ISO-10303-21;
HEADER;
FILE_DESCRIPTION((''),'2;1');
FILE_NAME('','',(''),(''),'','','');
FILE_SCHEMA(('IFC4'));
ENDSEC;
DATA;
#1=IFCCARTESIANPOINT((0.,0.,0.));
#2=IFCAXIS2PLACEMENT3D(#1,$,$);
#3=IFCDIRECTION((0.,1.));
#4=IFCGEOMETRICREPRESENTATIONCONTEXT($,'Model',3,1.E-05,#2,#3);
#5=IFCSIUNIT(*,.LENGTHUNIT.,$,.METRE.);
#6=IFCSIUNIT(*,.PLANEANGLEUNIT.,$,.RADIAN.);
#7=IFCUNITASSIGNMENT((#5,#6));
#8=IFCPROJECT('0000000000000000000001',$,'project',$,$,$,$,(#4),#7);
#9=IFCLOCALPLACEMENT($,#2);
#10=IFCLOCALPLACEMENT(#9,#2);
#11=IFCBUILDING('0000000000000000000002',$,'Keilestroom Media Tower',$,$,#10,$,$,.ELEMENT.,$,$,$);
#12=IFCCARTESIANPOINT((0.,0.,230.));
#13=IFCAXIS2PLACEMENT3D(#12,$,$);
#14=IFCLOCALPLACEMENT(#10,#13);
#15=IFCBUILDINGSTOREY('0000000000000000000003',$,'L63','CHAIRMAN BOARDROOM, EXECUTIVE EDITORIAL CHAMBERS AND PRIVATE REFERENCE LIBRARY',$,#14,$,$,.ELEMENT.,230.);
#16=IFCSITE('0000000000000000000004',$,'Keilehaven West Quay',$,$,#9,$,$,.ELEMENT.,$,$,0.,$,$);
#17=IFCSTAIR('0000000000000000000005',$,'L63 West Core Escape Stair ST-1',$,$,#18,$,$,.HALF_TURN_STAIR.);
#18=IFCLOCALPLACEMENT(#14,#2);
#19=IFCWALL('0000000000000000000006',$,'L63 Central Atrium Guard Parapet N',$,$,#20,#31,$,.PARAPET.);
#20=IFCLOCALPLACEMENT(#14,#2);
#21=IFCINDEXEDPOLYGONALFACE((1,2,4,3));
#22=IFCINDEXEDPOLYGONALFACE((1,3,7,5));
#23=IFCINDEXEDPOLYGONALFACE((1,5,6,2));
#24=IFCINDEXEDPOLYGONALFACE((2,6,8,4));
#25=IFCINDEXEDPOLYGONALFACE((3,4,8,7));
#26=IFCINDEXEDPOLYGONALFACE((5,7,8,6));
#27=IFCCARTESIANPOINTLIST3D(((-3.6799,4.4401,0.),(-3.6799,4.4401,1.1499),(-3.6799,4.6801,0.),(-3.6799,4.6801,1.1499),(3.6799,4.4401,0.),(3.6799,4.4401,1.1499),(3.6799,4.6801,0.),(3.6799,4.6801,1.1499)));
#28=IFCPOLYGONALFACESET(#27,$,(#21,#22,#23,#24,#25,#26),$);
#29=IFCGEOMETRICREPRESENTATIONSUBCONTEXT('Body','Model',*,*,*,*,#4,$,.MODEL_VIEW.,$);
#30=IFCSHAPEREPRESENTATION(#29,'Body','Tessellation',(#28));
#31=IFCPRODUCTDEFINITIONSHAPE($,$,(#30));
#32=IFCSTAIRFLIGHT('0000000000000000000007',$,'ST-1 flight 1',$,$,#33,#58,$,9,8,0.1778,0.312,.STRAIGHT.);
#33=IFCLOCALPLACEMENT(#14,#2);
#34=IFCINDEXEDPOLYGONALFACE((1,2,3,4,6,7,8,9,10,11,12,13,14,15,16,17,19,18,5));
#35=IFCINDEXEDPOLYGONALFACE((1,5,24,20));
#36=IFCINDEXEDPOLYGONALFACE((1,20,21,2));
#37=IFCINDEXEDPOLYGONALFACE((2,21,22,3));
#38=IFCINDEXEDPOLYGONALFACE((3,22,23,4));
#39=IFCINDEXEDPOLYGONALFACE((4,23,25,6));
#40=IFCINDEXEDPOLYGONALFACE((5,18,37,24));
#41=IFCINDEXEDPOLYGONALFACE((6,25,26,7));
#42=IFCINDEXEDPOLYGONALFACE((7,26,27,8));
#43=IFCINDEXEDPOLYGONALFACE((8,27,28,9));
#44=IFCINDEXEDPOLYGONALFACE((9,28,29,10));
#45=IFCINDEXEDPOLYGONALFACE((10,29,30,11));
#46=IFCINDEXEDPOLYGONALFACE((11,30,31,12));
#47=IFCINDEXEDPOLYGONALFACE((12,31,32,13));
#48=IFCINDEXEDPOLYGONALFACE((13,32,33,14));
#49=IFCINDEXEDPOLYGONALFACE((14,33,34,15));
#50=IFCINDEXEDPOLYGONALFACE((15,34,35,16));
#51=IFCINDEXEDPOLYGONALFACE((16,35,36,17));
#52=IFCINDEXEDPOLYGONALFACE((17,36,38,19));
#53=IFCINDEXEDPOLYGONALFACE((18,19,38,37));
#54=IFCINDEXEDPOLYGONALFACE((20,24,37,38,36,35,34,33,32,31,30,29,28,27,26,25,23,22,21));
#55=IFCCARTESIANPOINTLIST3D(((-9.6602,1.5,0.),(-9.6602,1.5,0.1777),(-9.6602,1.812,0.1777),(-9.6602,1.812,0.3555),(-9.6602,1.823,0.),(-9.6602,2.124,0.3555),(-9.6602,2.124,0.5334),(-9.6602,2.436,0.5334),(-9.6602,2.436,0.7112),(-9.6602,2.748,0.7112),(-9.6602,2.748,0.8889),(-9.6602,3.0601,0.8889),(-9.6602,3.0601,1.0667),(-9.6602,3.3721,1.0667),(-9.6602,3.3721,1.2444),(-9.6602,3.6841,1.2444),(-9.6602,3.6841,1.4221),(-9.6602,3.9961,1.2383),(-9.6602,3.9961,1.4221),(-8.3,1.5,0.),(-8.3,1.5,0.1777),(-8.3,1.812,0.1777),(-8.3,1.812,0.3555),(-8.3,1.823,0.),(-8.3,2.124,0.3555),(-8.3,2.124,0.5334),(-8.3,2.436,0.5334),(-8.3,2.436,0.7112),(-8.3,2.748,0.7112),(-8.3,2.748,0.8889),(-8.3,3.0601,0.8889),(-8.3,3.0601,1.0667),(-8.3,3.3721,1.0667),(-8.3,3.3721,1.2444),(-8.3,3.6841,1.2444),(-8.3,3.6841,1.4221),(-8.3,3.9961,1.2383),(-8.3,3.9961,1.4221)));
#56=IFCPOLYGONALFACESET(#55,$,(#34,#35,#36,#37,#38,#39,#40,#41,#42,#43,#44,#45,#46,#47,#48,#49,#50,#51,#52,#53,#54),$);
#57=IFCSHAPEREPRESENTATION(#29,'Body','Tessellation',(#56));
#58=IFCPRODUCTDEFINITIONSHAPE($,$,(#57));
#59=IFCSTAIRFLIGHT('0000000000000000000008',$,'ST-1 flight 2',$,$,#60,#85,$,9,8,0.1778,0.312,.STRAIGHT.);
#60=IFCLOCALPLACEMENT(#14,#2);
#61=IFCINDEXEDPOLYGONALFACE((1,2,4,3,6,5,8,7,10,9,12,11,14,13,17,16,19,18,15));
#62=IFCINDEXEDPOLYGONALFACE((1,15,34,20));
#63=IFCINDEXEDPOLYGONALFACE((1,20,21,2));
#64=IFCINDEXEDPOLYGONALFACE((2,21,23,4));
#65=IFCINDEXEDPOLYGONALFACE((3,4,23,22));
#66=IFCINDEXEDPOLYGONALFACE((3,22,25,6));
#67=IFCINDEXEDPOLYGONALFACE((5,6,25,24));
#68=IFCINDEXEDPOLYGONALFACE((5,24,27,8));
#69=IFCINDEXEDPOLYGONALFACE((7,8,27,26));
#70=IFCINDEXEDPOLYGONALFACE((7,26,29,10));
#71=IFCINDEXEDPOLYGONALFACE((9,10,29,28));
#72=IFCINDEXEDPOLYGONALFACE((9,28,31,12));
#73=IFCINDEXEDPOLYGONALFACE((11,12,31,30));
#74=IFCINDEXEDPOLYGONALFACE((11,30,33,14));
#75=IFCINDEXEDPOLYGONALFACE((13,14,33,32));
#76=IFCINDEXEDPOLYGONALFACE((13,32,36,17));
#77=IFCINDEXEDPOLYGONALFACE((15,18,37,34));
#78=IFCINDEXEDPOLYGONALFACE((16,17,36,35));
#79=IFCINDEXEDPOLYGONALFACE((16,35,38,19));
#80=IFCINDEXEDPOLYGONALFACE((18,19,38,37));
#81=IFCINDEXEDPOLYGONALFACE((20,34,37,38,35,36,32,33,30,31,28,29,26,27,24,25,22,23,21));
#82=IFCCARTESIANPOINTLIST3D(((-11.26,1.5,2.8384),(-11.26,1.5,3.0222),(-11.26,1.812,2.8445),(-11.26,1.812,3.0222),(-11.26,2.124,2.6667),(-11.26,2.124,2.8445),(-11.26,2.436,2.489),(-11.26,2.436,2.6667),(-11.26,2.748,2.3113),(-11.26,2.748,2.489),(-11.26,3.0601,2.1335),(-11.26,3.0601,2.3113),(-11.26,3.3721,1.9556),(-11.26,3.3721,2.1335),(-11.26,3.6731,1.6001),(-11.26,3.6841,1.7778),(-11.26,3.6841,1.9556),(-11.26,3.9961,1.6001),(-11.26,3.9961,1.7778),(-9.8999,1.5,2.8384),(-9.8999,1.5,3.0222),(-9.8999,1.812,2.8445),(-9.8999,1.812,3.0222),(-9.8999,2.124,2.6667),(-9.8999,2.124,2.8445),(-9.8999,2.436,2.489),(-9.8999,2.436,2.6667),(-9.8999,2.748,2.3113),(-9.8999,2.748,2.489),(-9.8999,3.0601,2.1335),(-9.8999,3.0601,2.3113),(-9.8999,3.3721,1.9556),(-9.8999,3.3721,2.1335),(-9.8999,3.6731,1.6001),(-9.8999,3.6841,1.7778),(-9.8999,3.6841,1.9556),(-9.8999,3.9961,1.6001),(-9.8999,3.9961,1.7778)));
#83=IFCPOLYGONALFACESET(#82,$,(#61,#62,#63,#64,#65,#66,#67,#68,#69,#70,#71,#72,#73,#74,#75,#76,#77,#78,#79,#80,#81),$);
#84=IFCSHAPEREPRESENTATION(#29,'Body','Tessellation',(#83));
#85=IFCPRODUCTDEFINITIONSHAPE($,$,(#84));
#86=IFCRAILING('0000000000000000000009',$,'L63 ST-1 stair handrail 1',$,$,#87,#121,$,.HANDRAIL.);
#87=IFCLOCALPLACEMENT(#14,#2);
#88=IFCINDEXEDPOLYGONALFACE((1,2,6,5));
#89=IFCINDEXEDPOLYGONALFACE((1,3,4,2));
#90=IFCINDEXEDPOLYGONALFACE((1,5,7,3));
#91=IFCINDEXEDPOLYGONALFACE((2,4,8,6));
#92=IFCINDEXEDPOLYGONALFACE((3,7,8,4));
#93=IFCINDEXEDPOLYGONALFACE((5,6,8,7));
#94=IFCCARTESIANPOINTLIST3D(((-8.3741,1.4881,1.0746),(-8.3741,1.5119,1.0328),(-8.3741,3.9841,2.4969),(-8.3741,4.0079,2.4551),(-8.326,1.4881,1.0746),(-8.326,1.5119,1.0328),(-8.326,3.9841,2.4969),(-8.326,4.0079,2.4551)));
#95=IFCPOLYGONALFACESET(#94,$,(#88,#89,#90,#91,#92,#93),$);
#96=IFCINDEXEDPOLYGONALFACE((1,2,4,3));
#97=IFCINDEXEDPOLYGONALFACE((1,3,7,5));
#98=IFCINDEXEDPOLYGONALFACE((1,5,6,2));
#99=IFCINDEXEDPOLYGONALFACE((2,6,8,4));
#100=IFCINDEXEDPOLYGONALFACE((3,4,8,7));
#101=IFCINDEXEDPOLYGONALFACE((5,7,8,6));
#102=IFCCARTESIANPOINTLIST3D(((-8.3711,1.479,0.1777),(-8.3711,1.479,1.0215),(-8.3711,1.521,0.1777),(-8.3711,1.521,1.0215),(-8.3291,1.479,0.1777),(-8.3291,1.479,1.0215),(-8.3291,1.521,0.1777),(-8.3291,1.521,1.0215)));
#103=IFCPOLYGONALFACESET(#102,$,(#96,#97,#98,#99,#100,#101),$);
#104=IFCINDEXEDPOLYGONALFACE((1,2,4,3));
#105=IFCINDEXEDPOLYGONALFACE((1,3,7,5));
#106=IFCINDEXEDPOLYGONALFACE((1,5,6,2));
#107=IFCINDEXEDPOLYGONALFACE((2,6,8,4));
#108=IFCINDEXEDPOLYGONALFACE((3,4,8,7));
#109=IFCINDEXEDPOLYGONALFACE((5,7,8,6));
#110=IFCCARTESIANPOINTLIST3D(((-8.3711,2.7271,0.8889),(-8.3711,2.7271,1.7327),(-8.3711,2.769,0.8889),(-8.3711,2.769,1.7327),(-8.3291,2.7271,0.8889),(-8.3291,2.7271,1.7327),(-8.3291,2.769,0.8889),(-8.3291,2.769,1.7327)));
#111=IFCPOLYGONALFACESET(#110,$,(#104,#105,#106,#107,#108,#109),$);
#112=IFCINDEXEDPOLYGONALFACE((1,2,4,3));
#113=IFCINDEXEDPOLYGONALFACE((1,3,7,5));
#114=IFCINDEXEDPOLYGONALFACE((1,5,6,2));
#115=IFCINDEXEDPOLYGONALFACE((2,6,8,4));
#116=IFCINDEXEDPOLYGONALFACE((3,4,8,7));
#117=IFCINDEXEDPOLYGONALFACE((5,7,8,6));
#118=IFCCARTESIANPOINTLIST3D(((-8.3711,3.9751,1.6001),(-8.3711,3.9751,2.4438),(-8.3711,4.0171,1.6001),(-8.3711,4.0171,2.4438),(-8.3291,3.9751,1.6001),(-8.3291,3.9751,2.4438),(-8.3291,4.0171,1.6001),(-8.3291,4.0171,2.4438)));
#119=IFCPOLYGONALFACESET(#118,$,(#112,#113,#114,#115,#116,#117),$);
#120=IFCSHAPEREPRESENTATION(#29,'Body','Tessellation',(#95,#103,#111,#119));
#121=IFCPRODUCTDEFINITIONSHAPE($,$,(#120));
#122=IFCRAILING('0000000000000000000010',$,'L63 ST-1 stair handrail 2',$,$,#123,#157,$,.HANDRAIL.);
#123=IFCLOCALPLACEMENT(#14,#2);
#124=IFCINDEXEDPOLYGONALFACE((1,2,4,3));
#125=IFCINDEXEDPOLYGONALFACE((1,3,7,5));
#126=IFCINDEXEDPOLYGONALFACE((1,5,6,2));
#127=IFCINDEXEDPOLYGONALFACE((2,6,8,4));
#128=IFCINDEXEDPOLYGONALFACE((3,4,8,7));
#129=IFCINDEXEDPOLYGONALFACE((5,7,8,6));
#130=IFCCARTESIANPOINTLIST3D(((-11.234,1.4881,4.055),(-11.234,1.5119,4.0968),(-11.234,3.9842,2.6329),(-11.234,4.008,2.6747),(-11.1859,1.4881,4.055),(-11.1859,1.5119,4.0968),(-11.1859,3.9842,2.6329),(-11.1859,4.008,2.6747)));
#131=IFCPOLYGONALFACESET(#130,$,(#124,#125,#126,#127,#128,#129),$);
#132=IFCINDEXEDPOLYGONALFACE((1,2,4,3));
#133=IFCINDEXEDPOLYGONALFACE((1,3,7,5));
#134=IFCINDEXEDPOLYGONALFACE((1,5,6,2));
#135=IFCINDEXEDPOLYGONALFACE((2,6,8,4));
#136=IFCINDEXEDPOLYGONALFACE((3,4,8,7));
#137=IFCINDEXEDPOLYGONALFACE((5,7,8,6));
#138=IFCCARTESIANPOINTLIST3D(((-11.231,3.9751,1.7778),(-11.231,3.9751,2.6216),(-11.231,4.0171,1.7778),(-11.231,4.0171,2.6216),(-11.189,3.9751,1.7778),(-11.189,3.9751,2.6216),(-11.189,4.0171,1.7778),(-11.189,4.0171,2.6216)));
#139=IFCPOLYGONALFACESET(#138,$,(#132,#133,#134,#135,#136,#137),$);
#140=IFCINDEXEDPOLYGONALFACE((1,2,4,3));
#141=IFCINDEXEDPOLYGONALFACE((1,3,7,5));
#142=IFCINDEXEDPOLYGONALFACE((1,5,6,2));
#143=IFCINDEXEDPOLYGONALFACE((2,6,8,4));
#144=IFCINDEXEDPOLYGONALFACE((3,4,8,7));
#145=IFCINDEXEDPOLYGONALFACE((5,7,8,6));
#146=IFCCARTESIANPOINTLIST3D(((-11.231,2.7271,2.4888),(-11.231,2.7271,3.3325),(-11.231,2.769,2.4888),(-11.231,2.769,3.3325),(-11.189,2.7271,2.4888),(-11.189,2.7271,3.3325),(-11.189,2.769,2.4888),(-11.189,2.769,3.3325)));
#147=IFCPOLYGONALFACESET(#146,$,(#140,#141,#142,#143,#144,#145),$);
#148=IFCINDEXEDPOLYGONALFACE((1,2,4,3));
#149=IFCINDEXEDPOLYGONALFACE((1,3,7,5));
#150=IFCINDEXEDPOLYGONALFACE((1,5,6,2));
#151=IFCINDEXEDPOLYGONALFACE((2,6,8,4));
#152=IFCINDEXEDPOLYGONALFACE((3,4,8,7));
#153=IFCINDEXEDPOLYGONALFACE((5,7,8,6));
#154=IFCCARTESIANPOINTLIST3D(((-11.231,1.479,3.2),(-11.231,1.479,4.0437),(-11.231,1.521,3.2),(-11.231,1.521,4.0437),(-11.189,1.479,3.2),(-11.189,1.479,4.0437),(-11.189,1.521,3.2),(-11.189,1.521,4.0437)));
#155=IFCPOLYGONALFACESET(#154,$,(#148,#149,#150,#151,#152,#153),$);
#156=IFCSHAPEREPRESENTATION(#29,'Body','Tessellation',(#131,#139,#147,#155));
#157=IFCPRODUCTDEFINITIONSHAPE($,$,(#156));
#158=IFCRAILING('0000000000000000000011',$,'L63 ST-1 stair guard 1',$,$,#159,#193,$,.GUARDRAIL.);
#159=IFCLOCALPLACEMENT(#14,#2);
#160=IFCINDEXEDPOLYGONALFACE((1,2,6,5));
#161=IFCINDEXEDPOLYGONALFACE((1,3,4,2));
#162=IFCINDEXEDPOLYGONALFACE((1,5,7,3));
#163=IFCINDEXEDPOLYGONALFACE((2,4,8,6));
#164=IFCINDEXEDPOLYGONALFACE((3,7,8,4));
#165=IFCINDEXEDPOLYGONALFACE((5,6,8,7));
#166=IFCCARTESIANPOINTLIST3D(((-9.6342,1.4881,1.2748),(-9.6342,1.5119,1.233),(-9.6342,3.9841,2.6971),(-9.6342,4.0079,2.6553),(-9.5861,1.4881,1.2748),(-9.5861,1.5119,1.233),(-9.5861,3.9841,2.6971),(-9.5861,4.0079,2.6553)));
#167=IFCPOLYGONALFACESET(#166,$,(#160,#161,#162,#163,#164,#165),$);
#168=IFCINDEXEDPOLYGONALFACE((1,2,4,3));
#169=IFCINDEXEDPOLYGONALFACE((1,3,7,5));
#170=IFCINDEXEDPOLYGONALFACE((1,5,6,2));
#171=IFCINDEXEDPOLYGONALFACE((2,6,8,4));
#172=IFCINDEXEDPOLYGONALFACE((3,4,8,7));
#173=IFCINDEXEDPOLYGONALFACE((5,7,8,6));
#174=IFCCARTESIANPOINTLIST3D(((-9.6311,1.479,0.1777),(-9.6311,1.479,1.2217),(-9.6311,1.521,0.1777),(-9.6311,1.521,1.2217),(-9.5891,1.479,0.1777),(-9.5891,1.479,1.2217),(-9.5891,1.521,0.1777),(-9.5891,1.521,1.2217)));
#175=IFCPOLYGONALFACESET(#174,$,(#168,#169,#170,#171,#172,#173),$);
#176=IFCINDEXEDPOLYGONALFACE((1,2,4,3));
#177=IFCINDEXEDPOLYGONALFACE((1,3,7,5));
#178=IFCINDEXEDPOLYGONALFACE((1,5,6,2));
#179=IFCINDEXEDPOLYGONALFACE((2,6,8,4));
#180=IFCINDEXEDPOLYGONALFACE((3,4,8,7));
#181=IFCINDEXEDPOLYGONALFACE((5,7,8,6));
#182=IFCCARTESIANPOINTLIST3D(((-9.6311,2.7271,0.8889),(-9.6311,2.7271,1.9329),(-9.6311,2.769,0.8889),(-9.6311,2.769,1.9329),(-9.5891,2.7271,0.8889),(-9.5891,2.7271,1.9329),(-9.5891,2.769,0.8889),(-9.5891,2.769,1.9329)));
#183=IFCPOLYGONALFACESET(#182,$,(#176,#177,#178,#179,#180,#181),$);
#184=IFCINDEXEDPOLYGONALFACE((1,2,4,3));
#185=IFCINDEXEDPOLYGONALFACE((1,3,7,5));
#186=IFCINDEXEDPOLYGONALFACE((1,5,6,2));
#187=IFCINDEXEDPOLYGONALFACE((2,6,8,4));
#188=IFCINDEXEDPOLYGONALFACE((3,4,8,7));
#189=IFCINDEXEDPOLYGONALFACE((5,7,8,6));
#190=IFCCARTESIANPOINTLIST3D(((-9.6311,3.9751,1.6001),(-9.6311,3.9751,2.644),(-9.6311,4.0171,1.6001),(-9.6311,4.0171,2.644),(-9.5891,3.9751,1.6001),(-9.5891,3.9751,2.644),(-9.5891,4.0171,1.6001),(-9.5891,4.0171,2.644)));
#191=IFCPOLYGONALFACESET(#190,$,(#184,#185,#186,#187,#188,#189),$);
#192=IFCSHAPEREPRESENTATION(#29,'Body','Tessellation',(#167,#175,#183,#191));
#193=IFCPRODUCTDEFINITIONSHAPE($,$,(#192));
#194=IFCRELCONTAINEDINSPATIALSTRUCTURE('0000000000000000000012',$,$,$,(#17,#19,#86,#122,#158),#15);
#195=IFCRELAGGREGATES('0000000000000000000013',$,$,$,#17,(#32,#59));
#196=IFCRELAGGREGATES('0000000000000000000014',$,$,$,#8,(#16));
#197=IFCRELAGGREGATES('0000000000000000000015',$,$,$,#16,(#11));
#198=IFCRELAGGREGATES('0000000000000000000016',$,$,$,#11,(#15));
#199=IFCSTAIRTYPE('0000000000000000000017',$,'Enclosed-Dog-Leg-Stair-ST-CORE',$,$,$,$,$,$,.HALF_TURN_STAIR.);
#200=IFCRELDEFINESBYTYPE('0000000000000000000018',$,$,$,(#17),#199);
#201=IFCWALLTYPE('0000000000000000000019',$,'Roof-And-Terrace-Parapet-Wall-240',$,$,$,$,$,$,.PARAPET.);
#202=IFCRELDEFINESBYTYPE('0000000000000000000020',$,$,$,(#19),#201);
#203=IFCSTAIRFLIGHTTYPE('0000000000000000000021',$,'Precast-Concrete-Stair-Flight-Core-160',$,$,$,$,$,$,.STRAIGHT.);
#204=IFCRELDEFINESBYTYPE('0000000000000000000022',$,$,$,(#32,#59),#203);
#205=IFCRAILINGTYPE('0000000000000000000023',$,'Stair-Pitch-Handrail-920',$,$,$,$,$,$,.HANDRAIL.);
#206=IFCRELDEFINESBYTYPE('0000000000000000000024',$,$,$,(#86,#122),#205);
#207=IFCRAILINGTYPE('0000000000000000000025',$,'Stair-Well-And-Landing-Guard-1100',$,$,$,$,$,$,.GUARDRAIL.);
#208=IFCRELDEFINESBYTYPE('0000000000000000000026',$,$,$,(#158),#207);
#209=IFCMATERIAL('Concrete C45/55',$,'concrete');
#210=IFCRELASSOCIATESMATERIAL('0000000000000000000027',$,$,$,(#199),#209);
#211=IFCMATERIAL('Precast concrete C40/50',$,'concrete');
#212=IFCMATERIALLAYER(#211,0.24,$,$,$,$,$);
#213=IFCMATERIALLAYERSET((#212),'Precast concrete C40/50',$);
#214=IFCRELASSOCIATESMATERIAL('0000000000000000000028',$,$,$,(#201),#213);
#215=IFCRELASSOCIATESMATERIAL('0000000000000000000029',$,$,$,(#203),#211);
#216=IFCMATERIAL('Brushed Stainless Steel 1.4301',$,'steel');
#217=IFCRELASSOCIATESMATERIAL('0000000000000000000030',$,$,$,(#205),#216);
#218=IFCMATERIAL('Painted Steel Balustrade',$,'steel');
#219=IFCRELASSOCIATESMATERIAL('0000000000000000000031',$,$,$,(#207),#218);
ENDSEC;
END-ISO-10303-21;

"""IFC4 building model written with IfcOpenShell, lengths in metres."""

from ifc_helpers import new_model, si_unit, direction, frame, frame_2d, origin, origin_2d, place, context, subcontext, project, spatial, polyline, rectangle, outline, extrude, material, layer, layer_set, type_object, element, aggregate, save


model = new_model("IFC4")

# Units and contexts
model_context = context("Model", 3, precision=1e-05, world=origin(), true_north=direction((0.0, 1.0)))
body_context = subcontext(model_context, "Body", "Model", "MODEL_VIEW")
ifc_project = project(units=[si_unit("LENGTHUNIT", "METRE"), si_unit("PLANEANGLEUNIT", "RADIAN")], contexts=[model_context])

# Site, building, storey
site_placement = place(None, origin())
site = spatial("IfcSite", under=ifc_project, at=site_placement, Name="Keilehaven West Quay", CompositionType="ELEMENT", RefElevation=0.0)
building_placement = place(site_placement, origin())
building = spatial("IfcBuilding", under=site, at=building_placement, Name="Keilestroom Media Tower", CompositionType="ELEMENT")
storey_placement = place(building_placement, frame((0.0, 0.0, 230.0)))
storey = spatial("IfcBuildingStorey", under=building, at=storey_placement, Name="L63", Description="CHAIRMAN BOARDROOM, EXECUTIVE EDITORIAL CHAMBERS AND PRIVATE REFERENCE LIBRARY", CompositionType="ELEMENT", Elevation=230.0)

# Stair
ifc_material_1 = material(Name="Concrete C45/55", Category="concrete")
stair_type = type_object("IfcStairType", Name="Enclosed-Dog-Leg-Stair-ST-CORE", PredefinedType="HALF_TURN_STAIR", material=ifc_material_1)
stair_1_placement = place(storey_placement, origin())
stair_1 = element("IfcStair", 1, at=stair_1_placement, inside=storey, type_object=stair_type, Name="L63 West Core Escape Stair ST-1", PredefinedType="HALF_TURN_STAIR")

# Wall
ifc_material_2 = material(Name="Precast concrete C40/50", Category="concrete")
ifc_layer_1 = layer(ifc_material_2, 0.24)
ifc_layer_set_1 = layer_set([ifc_layer_1], Name="Precast concrete C40/50")
wall_type_1 = type_object("IfcWallType", Name="Roof-And-Terrace-Parapet-Wall-240", PredefinedType="PARAPET", material=ifc_layer_set_1)
wall_1_placement = place(storey_placement, frame((-3.6799, 4.5601, 0.0), z_axis=(0.0, 0.0, 1.0), x_axis=(1.0, 0.0, 0.0)))
element("IfcWall", 2, at=wall_1_placement, inside=storey, type_object=wall_type_1, Name="L63 Central Atrium Guard Parapet N", PredefinedType="PARAPET", context=body_context, shape_type="SweptSolid", body=[
    extrude(rectangle(XDim=7.3599, YDim=0.24, at=frame_2d((3.6799, 0.0))), origin(), (0.0, 0.0, 1.0), 1.1499),
])

# Stair flights
stair_flight_type = type_object("IfcStairFlightType", Name="Precast-Concrete-Stair-Flight-Core-160", PredefinedType="STRAIGHT", material=ifc_material_2)
stair_flight_1_placement = place(storey_placement, frame((-8.98, 1.5, 0.0), z_axis=(0.0, 0.0, 1.0), x_axis=(0.0, 1.0, 0.0)))
stair_flight_1 = element("IfcStairFlight", 3, at=stair_flight_1_placement, type_object=stair_flight_type, Name="ST-1 flight 1", NumberOfRisers=9, NumberOfTreads=8, PredefinedType="STRAIGHT", RiserHeight=0.1778, TreadLength=0.312, context=body_context, shape_type="SweptSolid", body=[
    extrude(outline(polyline([(0.0, 0.0), (0.0, 0.1777), (0.312, 0.1777), (0.312, 0.3555), (0.624, 0.3555), (0.624, 0.5334), (0.936, 0.5334), (0.936, 0.7112), (1.248, 0.7112), (1.248, 0.8889), (1.5601, 0.8889), (1.5601, 1.0667), (1.8721, 1.0667), (1.8721, 1.2444), (2.1841, 1.2444), (2.1841, 1.4221), (2.4961, 1.4221), (2.4961, 1.6001), (2.4961, 1.2383), (0.323, 0.0), (0.0, 0.0)])), frame((0.0, 0.6802, 0.0), z_axis=(0.0, -1.0, 0.0), x_axis=(1.0, 0.0, 0.0)), (0.0, 0.0, 1.0), 1.3601),
])
stair_flight_2_placement = place(storey_placement, frame((-10.5801, 3.9961, 1.6001), z_axis=(0.0, 0.0, 1.0), x_axis=(0.0, -1.0, 0.0)))
stair_flight_2 = element("IfcStairFlight", 4, at=stair_flight_2_placement, type_object=stair_flight_type, Name="ST-1 flight 2", NumberOfRisers=9, NumberOfTreads=8, PredefinedType="STRAIGHT", RiserHeight=0.1778, TreadLength=0.312, context=body_context, shape_type="SweptSolid", body=[
    extrude(outline(polyline([(0.0, 0.0), (0.0, 0.1777), (0.312, 0.1777), (0.312, 0.3555), (0.624, 0.3555), (0.624, 0.5334), (0.936, 0.5334), (0.936, 0.7112), (1.248, 0.7112), (1.248, 0.8889), (1.5601, 0.8889), (1.5601, 1.0667), (1.8721, 1.0667), (1.8721, 1.2444), (2.1841, 1.2444), (2.1841, 1.4221), (2.4961, 1.4221), (2.4961, 1.6001), (2.4961, 1.2383), (0.323, 0.0), (0.0, 0.0)])), frame((0.0, 0.6802, 0.0), z_axis=(0.0, -1.0, 0.0), x_axis=(1.0, 0.0, 0.0)), (0.0, 0.0, 1.0), 1.3601),
])
aggregate(stair_1, [stair_flight_1, stair_flight_2])

# Railings
ifc_material_3 = material(Name="Brushed Stainless Steel 1.4301", Category="steel")
railing_type_1 = type_object("IfcRailingType", Name="Stair-Pitch-Handrail-920", PredefinedType="HANDRAIL", material=ifc_material_3)
railing_1_placement = place(storey_placement, frame((-8.3501, 1.5, 0.1777)))
element("IfcRailing", 5, at=railing_1_placement, inside=storey, type_object=railing_type_1, Name="L63 ST-1 stair handrail 1", PredefinedType="HANDRAIL", context=body_context, shape_type="SweptSolid", body=[
    extrude(rectangle(XDim=0.0481, YDim=0.0481, at=origin_2d()), frame((0.0, 0.0, 0.876), z_axis=(0.0, 0.868839, 0.495095), x_axis=(-1.0, 0.0, 0.0)), (0.0, 0.0, 1.0), 2.8728),
    extrude(rectangle(XDim=0.042, YDim=0.042, at=origin_2d()), origin(), (0.0, 0.0, 1.0), 0.8438),
    extrude(rectangle(XDim=0.042, YDim=0.042, at=origin_2d()), frame((0.0, 1.248, 0.7112)), (0.0, 0.0, 1.0), 0.8438),
    extrude(rectangle(XDim=0.042, YDim=0.042, at=origin_2d()), frame((0.0, 2.4961, 1.4224)), (0.0, 0.0, 1.0), 0.8438),
])
railing_2_placement = place(storey_placement, frame((-11.21, 3.9961, 1.7778)))
element("IfcRailing", 6, at=railing_2_placement, inside=storey, type_object=railing_type_1, Name="L63 ST-1 stair handrail 2", PredefinedType="HANDRAIL", context=body_context, shape_type="SweptSolid", body=[
    extrude(rectangle(XDim=0.0481, YDim=0.0481, at=origin_2d()), frame((0.0, 0.0, 0.876), z_axis=(0.0, -0.868875, 0.495031), x_axis=(1.0, 0.0, 0.0)), (0.0, 0.0, 1.0), 2.8728),
    extrude(rectangle(XDim=0.042, YDim=0.042, at=origin_2d()), origin(), (0.0, 0.0, 1.0), 0.8438),
    extrude(rectangle(XDim=0.042, YDim=0.042, at=origin_2d()), frame((0.0, -1.248, 0.7109)), (0.0, 0.0, 1.0), 0.8438),
    extrude(rectangle(XDim=0.042, YDim=0.042, at=origin_2d()), frame((0.0, -2.4961, 1.4221)), (0.0, 0.0, 1.0), 0.8438),
])
ifc_material_4 = material(Name="Painted Steel Balustrade", Category="steel")
railing_type_2 = type_object("IfcRailingType", Name="Stair-Well-And-Landing-Guard-1100", PredefinedType="GUARDRAIL", material=ifc_material_4)
railing_3_placement = place(storey_placement, frame((-9.6101, 1.5, 0.1777)))
element("IfcRailing", 7, at=railing_3_placement, inside=storey, type_object=railing_type_2, Name="L63 ST-1 stair guard 1", PredefinedType="GUARDRAIL", context=body_context, shape_type="SweptSolid", body=[
    extrude(rectangle(XDim=0.0481, YDim=0.0481, at=origin_2d()), frame((0.0, 0.0, 1.0762), z_axis=(0.0, 0.868839, 0.495095), x_axis=(-1.0, 0.0, 0.0)), (0.0, 0.0, 1.0), 2.8728),
    extrude(rectangle(XDim=0.042, YDim=0.042, at=origin_2d()), origin(), (0.0, 0.0, 1.0), 1.0439),
    extrude(rectangle(XDim=0.042, YDim=0.042, at=origin_2d()), frame((0.0, 1.248, 0.7112)), (0.0, 0.0, 1.0), 1.0439),
    extrude(rectangle(XDim=0.042, YDim=0.042, at=origin_2d()), frame((0.0, 2.4961, 1.4224)), (0.0, 0.0, 1.0), 1.0439),
])

save(model, "model.ifc")
